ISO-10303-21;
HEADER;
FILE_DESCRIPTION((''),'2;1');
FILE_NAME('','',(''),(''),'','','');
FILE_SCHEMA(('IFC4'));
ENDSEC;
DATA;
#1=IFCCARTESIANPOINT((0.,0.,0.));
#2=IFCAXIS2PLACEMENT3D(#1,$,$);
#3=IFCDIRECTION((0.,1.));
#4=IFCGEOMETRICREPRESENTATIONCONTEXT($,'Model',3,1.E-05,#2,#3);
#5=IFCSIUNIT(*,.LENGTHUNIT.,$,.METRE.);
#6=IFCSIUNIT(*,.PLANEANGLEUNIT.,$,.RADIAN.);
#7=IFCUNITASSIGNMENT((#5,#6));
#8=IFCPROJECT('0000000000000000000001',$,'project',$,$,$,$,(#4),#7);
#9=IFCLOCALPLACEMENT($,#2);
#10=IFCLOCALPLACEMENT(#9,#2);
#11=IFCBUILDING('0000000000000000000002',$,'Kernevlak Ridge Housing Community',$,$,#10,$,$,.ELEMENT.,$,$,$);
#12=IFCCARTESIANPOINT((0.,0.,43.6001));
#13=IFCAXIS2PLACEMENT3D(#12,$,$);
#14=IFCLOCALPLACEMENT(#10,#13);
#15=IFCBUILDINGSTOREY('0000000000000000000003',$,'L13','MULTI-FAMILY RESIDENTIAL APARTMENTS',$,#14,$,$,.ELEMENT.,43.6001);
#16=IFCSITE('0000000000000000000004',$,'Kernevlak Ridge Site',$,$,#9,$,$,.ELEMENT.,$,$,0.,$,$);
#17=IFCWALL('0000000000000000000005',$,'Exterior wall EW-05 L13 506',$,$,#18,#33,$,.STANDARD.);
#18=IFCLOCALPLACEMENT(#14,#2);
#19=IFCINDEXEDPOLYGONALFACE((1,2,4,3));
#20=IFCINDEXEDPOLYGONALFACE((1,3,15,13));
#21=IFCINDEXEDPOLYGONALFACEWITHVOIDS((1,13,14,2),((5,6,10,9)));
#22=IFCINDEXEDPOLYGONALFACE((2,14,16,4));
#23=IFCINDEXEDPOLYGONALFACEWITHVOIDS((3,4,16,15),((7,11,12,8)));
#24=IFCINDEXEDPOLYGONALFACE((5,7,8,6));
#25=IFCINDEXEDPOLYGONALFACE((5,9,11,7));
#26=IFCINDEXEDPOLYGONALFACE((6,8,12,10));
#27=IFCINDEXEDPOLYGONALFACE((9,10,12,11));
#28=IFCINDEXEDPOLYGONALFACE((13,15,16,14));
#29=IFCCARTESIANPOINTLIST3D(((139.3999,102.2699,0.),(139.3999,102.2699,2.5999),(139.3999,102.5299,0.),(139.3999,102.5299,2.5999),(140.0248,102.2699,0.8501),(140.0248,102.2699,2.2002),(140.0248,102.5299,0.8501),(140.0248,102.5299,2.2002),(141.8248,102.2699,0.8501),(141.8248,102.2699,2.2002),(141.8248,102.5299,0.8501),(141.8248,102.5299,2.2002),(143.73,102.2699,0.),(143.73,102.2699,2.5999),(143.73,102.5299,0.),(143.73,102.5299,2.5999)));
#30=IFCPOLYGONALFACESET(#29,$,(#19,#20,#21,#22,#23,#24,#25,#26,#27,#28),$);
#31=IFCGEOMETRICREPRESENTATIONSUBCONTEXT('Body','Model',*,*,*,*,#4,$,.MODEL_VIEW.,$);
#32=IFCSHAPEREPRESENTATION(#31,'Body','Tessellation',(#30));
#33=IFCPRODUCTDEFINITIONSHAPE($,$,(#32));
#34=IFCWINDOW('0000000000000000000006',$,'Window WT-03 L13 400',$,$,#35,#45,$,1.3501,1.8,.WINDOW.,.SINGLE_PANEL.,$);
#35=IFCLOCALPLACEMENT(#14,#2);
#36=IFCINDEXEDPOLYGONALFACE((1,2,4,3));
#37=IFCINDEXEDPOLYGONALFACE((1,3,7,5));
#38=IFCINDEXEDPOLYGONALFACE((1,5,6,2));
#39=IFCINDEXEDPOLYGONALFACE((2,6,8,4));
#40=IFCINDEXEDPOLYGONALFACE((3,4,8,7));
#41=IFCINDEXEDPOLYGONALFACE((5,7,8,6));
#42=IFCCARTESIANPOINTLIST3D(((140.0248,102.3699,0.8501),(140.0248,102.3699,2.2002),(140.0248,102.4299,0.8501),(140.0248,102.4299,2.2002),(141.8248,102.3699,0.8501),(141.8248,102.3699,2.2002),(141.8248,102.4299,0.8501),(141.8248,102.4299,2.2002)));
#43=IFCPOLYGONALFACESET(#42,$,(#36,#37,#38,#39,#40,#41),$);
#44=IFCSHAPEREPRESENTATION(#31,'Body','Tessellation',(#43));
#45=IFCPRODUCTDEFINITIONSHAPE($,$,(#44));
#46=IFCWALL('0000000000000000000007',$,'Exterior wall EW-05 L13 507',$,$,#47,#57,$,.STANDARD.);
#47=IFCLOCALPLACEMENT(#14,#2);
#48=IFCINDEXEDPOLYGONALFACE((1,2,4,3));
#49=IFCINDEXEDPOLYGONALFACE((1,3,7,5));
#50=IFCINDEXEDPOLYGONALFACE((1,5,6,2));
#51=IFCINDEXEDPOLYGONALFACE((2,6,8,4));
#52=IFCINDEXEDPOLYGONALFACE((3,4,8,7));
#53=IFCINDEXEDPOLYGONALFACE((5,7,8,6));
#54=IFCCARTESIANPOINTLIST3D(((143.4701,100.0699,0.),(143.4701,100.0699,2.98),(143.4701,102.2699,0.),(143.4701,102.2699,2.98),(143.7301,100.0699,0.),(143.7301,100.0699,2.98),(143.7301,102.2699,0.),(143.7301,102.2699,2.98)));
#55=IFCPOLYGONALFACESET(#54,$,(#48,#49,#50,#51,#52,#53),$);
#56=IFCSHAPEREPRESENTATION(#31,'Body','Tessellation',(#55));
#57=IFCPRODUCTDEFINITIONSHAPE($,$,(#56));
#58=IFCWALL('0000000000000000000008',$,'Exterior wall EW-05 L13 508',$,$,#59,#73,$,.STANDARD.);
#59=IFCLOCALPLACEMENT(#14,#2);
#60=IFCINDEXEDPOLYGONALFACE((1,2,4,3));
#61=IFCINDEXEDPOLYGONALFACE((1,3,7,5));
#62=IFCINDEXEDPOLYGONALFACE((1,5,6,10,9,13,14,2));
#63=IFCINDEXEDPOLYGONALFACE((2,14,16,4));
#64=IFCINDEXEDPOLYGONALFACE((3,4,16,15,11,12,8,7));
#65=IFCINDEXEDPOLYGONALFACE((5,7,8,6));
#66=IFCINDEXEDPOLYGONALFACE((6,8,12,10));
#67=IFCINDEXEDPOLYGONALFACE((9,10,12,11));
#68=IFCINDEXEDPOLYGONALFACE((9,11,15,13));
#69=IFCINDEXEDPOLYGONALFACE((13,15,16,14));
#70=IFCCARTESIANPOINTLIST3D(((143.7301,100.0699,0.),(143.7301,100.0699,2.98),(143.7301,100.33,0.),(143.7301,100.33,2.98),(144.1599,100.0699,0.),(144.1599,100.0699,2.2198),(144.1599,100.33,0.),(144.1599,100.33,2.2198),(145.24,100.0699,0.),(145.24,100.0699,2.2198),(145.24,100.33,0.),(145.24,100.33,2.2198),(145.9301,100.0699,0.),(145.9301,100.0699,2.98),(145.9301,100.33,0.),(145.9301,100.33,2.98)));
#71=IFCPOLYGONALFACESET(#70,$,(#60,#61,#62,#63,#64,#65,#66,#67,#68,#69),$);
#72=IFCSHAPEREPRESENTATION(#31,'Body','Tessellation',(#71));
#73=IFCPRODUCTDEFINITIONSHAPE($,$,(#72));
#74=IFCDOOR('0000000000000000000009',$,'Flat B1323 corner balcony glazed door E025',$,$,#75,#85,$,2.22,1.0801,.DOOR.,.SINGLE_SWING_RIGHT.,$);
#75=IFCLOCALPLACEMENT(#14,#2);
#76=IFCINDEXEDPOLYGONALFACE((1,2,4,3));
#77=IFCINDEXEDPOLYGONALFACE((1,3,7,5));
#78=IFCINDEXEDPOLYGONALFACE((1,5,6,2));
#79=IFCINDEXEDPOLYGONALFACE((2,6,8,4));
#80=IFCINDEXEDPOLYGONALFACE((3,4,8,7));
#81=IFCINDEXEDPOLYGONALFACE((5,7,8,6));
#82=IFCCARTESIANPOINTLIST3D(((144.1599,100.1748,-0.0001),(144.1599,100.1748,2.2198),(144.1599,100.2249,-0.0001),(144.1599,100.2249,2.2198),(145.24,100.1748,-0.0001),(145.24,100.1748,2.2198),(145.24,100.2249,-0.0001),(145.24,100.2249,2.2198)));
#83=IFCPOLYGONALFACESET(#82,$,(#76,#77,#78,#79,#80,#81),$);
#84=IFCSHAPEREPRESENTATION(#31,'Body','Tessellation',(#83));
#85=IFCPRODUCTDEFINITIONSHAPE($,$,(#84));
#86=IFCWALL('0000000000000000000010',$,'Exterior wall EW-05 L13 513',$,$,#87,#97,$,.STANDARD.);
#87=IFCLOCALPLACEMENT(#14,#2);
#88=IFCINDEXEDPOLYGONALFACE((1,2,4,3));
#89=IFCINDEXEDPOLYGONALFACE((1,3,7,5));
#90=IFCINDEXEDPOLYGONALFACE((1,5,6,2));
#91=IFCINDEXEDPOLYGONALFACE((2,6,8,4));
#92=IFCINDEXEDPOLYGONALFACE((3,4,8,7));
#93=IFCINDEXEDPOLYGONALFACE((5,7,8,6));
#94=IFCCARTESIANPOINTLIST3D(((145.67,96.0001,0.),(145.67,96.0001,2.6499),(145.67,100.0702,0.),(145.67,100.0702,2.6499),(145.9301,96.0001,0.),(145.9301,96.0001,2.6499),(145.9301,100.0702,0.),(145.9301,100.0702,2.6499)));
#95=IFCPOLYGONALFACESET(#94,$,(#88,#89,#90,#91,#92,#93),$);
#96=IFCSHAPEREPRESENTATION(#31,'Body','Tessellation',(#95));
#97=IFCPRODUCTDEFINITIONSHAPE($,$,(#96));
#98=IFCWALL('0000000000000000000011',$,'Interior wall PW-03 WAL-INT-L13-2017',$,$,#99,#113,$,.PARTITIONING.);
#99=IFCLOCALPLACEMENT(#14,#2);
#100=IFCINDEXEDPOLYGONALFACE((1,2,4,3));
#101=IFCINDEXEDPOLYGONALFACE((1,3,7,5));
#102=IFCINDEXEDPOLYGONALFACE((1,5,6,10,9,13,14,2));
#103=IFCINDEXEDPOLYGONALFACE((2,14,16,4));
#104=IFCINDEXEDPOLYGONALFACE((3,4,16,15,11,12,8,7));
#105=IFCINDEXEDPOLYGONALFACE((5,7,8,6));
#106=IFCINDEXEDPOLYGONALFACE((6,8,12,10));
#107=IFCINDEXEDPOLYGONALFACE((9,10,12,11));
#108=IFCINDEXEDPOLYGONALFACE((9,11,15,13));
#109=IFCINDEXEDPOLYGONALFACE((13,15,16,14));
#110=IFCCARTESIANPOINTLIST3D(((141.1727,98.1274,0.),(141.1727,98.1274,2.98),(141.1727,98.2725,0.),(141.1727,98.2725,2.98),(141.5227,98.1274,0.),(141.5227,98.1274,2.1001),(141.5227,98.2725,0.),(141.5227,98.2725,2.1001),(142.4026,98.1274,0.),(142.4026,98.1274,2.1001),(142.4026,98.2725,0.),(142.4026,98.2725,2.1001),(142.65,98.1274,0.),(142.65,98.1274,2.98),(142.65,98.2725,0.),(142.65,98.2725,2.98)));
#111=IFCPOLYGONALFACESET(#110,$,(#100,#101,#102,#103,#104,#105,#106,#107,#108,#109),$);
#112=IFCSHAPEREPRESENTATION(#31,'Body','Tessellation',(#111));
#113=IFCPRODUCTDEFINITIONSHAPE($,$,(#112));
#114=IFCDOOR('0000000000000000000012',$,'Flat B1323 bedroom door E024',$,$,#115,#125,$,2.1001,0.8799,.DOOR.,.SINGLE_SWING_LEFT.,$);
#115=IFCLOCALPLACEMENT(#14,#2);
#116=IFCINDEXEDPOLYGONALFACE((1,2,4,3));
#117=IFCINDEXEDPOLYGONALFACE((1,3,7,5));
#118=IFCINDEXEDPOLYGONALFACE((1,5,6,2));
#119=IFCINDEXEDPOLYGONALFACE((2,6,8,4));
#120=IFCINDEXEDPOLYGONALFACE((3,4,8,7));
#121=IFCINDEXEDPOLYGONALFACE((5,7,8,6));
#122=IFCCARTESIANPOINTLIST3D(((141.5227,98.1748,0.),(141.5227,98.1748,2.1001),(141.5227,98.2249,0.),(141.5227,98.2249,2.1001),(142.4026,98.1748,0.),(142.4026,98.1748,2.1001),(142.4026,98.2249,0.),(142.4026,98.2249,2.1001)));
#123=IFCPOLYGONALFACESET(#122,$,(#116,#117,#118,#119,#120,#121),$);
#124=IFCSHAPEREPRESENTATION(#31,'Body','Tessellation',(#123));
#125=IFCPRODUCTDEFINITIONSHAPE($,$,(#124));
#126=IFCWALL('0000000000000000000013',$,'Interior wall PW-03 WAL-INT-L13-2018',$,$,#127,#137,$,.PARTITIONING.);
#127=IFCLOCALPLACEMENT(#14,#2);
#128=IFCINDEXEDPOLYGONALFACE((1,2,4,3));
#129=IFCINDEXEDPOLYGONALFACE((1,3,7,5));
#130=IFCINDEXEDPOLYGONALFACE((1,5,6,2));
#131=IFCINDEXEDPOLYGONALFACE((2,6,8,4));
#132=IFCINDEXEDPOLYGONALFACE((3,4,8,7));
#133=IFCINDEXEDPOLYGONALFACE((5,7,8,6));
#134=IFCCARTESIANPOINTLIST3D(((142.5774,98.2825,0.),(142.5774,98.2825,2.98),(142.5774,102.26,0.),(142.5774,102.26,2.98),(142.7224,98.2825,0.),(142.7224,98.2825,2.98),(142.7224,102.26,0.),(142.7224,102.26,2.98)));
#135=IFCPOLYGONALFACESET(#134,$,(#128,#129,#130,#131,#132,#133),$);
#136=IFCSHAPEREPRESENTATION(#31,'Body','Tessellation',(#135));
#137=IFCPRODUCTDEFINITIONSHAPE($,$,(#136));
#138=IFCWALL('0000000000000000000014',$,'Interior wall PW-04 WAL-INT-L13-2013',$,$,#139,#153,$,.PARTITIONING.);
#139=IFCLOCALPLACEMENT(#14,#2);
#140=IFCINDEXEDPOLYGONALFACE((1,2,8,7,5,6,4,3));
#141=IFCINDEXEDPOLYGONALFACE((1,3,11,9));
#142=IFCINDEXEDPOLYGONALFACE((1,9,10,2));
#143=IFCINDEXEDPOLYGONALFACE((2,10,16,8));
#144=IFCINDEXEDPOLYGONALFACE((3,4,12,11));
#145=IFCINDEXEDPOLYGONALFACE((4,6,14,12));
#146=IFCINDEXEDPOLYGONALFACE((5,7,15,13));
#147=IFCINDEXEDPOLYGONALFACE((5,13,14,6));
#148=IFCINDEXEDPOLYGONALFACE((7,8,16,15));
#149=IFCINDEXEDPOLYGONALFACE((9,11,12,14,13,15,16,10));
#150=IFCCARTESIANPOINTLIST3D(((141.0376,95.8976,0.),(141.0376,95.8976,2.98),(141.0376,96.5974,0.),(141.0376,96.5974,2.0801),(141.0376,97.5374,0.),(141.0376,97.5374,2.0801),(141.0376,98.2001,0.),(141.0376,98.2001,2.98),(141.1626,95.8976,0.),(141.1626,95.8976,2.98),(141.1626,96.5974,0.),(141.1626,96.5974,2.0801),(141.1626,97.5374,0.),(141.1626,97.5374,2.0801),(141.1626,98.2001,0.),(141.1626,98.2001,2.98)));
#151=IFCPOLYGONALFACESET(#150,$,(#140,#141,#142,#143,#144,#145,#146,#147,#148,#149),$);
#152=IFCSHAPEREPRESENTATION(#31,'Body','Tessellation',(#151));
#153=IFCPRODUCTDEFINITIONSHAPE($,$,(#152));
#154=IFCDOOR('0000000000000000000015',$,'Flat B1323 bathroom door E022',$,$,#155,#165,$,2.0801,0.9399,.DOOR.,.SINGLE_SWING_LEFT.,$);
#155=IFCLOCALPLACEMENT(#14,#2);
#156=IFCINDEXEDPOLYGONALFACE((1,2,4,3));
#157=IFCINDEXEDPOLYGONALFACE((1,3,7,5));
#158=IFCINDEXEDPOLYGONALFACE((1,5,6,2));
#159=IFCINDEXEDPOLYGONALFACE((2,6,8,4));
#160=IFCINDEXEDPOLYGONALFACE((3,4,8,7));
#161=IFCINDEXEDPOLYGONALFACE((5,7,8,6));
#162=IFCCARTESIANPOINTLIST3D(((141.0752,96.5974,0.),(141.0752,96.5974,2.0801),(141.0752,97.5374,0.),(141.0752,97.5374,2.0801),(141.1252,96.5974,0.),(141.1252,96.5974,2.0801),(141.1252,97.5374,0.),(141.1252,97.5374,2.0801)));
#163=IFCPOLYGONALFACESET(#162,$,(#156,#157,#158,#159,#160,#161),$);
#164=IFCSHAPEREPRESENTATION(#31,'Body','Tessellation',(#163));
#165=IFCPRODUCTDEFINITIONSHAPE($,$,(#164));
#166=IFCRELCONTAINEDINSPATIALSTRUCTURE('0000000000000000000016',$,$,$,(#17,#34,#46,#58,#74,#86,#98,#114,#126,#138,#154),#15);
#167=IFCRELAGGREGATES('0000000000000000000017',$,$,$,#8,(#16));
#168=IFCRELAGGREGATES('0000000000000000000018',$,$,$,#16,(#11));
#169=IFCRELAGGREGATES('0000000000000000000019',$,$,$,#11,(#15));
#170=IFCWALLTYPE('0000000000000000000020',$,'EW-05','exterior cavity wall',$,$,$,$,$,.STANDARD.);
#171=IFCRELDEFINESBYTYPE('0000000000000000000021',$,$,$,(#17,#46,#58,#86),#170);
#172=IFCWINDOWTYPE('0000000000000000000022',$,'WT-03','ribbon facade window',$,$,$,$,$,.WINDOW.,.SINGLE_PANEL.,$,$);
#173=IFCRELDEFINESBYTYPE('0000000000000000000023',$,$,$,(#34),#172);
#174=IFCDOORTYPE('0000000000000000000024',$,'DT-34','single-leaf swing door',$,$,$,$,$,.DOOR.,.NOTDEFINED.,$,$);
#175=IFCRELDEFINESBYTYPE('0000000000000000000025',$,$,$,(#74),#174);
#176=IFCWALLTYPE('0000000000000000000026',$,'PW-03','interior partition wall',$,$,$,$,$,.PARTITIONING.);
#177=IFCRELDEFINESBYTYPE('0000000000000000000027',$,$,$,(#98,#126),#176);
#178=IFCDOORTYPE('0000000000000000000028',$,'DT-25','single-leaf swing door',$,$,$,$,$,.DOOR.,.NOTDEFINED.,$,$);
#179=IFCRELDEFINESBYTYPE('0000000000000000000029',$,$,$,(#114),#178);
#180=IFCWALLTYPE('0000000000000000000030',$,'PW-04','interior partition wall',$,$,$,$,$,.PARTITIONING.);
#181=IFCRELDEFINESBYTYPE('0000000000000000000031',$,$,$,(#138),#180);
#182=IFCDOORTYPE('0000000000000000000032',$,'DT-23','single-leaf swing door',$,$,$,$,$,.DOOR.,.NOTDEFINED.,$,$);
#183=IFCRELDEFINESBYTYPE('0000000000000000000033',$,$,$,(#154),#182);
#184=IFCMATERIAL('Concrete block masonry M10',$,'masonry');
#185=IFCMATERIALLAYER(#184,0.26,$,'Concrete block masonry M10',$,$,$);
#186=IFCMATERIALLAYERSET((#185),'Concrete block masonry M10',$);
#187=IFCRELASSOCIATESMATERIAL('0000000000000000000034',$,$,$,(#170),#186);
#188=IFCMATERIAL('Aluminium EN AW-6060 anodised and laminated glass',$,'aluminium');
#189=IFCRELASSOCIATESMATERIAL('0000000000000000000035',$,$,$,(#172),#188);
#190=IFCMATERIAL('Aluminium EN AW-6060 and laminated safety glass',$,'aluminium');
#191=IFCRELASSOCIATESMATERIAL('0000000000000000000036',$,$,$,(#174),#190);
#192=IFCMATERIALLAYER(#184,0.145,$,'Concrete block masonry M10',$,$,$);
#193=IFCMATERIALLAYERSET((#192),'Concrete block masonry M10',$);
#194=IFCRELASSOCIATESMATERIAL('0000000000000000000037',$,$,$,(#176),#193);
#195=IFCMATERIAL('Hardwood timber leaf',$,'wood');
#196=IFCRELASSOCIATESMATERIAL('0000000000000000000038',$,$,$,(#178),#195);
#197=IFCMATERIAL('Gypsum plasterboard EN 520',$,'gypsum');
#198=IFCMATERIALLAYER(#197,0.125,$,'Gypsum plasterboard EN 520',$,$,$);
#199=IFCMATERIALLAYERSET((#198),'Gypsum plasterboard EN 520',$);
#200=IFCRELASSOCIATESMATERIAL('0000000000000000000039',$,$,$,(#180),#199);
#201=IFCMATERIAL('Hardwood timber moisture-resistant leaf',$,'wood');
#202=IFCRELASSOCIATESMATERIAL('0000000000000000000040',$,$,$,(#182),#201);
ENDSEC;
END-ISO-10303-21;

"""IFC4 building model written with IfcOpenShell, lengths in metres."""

from ifc_helpers import new_model, si_unit, direction, frame, frame_2d, origin, place, context, subcontext, project, spatial, rectangle, extrude, material, layer, layer_set, type_object, element, fill, save


model = new_model("IFC4")

# Units and contexts
model_context = context("Model", 3, precision=1e-05, world=origin(), true_north=direction((0.0, 1.0)))
body_context = subcontext(model_context, "Body", "Model", "MODEL_VIEW")
ifc_project = project(units=[si_unit("LENGTHUNIT", "METRE"), si_unit("PLANEANGLEUNIT", "RADIAN")], contexts=[model_context])

# Site, building, storey
site_placement = place(None, origin())
site = spatial("IfcSite", under=ifc_project, at=site_placement, Name="Kernevlak Ridge Site", CompositionType="ELEMENT", RefElevation=0.0)
building_placement = place(site_placement, origin())
building = spatial("IfcBuilding", under=site, at=building_placement, Name="Kernevlak Ridge Housing Community", CompositionType="ELEMENT")
storey_placement = place(building_placement, frame((0.0, 0.0, 43.6001)))
storey = spatial("IfcBuildingStorey", under=building, at=storey_placement, Name="L13", Description="MULTI-FAMILY RESIDENTIAL APARTMENTS", CompositionType="ELEMENT", Elevation=43.6001)

# Shared definitions
ifc_material_1 = material(Name="Aluminium EN AW-6060 anodised and laminated glass", Category="aluminium")

# Wall, opening, window
ifc_material_2 = material(Name="Concrete block masonry M10", Category="masonry")
ifc_layer_1 = layer(ifc_material_2, 0.26, Name="Concrete block masonry M10")
ifc_layer_set_1 = layer_set([ifc_layer_1], Name="Concrete block masonry M10")
wall_type_1 = type_object("IfcWallType", Name="EW-05", Description="exterior cavity wall", PredefinedType="STANDARD", material=ifc_layer_set_1)
wall_1_placement = place(storey_placement, frame((139.3999, 102.3999, 0.0), z_axis=(0.0, 0.0, 1.0), x_axis=(1.0, 0.0, 0.0)))
wall_1 = element("IfcWall", 1, at=wall_1_placement, inside=storey, type_object=wall_type_1, Name="Exterior wall EW-05 L13 506", PredefinedType="STANDARD", context=body_context, shape_type="SweptSolid", body=[
    extrude(rectangle(XDim=4.3301, YDim=0.26, at=frame_2d((2.165, 0.0))), origin(), (0.0, 0.0, 1.0), 2.5999),
])
opening_1_placement = place(wall_1_placement, frame((0.625, 0.0, 0.8501)))
opening_1 = element("IfcOpeningElement", 2, at=opening_1_placement, cuts=wall_1, PredefinedType="OPENING", context=body_context, shape_type="SweptSolid", body=[
    extrude(rectangle(XDim=1.8, YDim=1.3501, at=frame_2d((0.8999, 0.675))), frame((0.0, 0.1399, 0.0), z_axis=(0.0, -1.0, 0.0), x_axis=(1.0, 0.0, 0.0)), (0.0, 0.0, 1.0), 0.28),
])
window_type = type_object("IfcWindowType", Name="WT-03", Description="ribbon facade window", PartitioningType="SINGLE_PANEL", PredefinedType="WINDOW", material=ifc_material_1)
window_placement = place(opening_1_placement, origin())
window = element("IfcWindow", 3, at=window_placement, inside=storey, type_object=window_type, Name="Window WT-03 L13 400", OverallHeight=1.3501, OverallWidth=1.8, PartitioningType="SINGLE_PANEL", PredefinedType="WINDOW", context=body_context, shape_type="SweptSolid", body=[
    extrude(rectangle(XDim=1.8, YDim=1.3501, at=frame_2d((0.8999, 0.675))), frame((0.0, 0.03, 0.0), z_axis=(0.0, -1.0, 0.0), x_axis=(1.0, 0.0, 0.0)), (0.0, 0.0, 1.0), 0.0601),
])
fill(opening_1, window)

# Wall
wall_2_placement = place(storey_placement, frame((143.6001, 102.27, 0.0), z_axis=(0.0, 0.0, 1.0), x_axis=(0.0, -1.0, 0.0)))
element("IfcWall", 4, at=wall_2_placement, inside=storey, type_object=wall_type_1, Name="Exterior wall EW-05 L13 507", PredefinedType="STANDARD", context=body_context, shape_type="SweptSolid", body=[
    extrude(rectangle(XDim=2.2, YDim=0.26, at=frame_2d((1.1001, 0.0))), origin(), (0.0, 0.0, 1.0), 2.98),
])

# Wall, opening, door
wall_3_placement = place(storey_placement, frame((143.73, 100.2, 0.0), z_axis=(0.0, 0.0, 1.0), x_axis=(1.0, 0.0, 0.0)))
wall_3 = element("IfcWall", 5, at=wall_3_placement, inside=storey, type_object=wall_type_1, Name="Exterior wall EW-05 L13 508", PredefinedType="STANDARD", context=body_context, shape_type="SweptSolid", body=[
    extrude(rectangle(XDim=2.2, YDim=0.26, at=frame_2d((1.1001, 0.0))), origin(), (0.0, 0.0, 1.0), 2.98),
])
opening_2_placement = place(wall_3_placement, frame((0.4299, 0.0, 0.0)))
opening_2 = element("IfcOpeningElement", 6, at=opening_2_placement, cuts=wall_3, PredefinedType="OPENING", context=body_context, shape_type="SweptSolid", body=[
    extrude(rectangle(XDim=1.0801, YDim=2.22, at=frame_2d((0.54, 1.1099))), frame((0.0, 0.1399, 0.0), z_axis=(0.0, -1.0, 0.0), x_axis=(1.0, 0.0, 0.0)), (0.0, 0.0, 1.0), 0.28),
])
ifc_material_3 = material(Name="Aluminium EN AW-6060 and laminated safety glass", Category="aluminium")
door_type_1 = type_object("IfcDoorType", Name="DT-34", Description="single-leaf swing door", OperationType="NOTDEFINED", PredefinedType="DOOR", material=ifc_material_3)
door_1_placement = place(opening_2_placement, origin())
door_1 = element("IfcDoor", 7, at=door_1_placement, inside=storey, type_object=door_type_1, Name="Flat B1323 corner balcony glazed door E025", OperationType="SINGLE_SWING_RIGHT", OverallHeight=2.22, OverallWidth=1.0801, PredefinedType="DOOR", context=body_context, shape_type="SweptSolid", body=[
    extrude(rectangle(XDim=1.0801, YDim=2.22, at=frame_2d((0.54, 1.1099))), frame((0.0, 0.0249, 0.0), z_axis=(0.0, -1.0, 0.0), x_axis=(1.0, 0.0, 0.0)), (0.0, 0.0, 1.0), 0.05),
])
fill(opening_2, door_1)

# Wall
wall_4_placement = place(storey_placement, frame((145.8, 96.0, 0.0), z_axis=(0.0, 0.0, 1.0), x_axis=(0.0, 1.0, 0.0)))
element("IfcWall", 8, at=wall_4_placement, inside=storey, type_object=wall_type_1, Name="Exterior wall EW-05 L13 513", PredefinedType="STANDARD", context=body_context, shape_type="SweptSolid", body=[
    extrude(rectangle(XDim=4.0701, YDim=0.26, at=frame_2d((2.0352, 0.0))), origin(), (0.0, 0.0, 1.0), 2.6499),
])

# Wall, opening, door
ifc_layer_2 = layer(ifc_material_2, 0.145, Name="Concrete block masonry M10")
ifc_layer_set_2 = layer_set([ifc_layer_2], Name="Concrete block masonry M10")
wall_type_2 = type_object("IfcWallType", Name="PW-03", Description="interior partition wall", PredefinedType="PARTITIONING", material=ifc_layer_set_2)
wall_5_placement = place(storey_placement, frame((141.1726, 98.2, 0.0), z_axis=(0.0, 0.0, 1.0), x_axis=(1.0, 0.0, 0.0)))
wall_5 = element("IfcWall", 9, at=wall_5_placement, inside=storey, type_object=wall_type_2, Name="Interior wall PW-03 WAL-INT-L13-2017", PredefinedType="PARTITIONING", context=body_context, shape_type="SweptSolid", body=[
    extrude(rectangle(XDim=1.4773, YDim=0.145, at=frame_2d((0.7388, 0.0))), origin(), (0.0, 0.0, 1.0), 2.98),
])
opening_3_placement = place(wall_5_placement, frame((0.3501, 0.0, 0.0)))
opening_3 = element("IfcOpeningElement", 10, at=opening_3_placement, cuts=wall_5, PredefinedType="OPENING", context=body_context, shape_type="SweptSolid", body=[
    extrude(rectangle(XDim=0.8799, YDim=2.1001, at=frame_2d((0.4399, 1.05))), frame((0.0, 0.0825, 0.0), z_axis=(0.0, -1.0, 0.0), x_axis=(1.0, 0.0, 0.0)), (0.0, 0.0, 1.0), 0.165),
])
ifc_material_4 = material(Name="Hardwood timber leaf", Category="wood")
door_type_2 = type_object("IfcDoorType", Name="DT-25", Description="single-leaf swing door", OperationType="NOTDEFINED", PredefinedType="DOOR", material=ifc_material_4)
door_2_placement = place(opening_3_placement, origin())
door_2 = element("IfcDoor", 11, at=door_2_placement, inside=storey, type_object=door_type_2, Name="Flat B1323 bedroom door E024", OperationType="SINGLE_SWING_LEFT", OverallHeight=2.1001, OverallWidth=0.8799, PredefinedType="DOOR", context=body_context, shape_type="SweptSolid", body=[
    extrude(rectangle(XDim=0.8799, YDim=2.1001, at=frame_2d((0.4399, 1.05))), frame((0.0, 0.0249, 0.0), z_axis=(0.0, -1.0, 0.0), x_axis=(1.0, 0.0, 0.0)), (0.0, 0.0, 1.0), 0.05),
])
fill(opening_3, door_2)

# Wall
wall_6_placement = place(storey_placement, frame((142.6499, 98.2825, 0.0), z_axis=(0.0, 0.0, 1.0), x_axis=(0.0, 1.0, 0.0)))
element("IfcWall", 12, at=wall_6_placement, inside=storey, type_object=wall_type_2, Name="Interior wall PW-03 WAL-INT-L13-2018", PredefinedType="PARTITIONING", context=body_context, shape_type="SweptSolid", body=[
    extrude(rectangle(XDim=3.9775, YDim=0.145, at=frame_2d((1.9888, 0.0))), origin(), (0.0, 0.0, 1.0), 2.98),
])

# Wall, opening, door
ifc_material_5 = material(Name="Gypsum plasterboard EN 520", Category="gypsum")
ifc_layer_3 = layer(ifc_material_5, 0.125, Name="Gypsum plasterboard EN 520")
ifc_layer_set_3 = layer_set([ifc_layer_3], Name="Gypsum plasterboard EN 520")
wall_type_3 = type_object("IfcWallType", Name="PW-04", Description="interior partition wall", PredefinedType="PARTITIONING", material=ifc_layer_set_3)
wall_7_placement = place(storey_placement, frame((141.1001, 95.8975, 0.0), z_axis=(0.0, 0.0, 1.0), x_axis=(0.0, 1.0, 0.0)))
wall_7 = element("IfcWall", 13, at=wall_7_placement, inside=storey, type_object=wall_type_3, Name="Interior wall PW-04 WAL-INT-L13-2013", PredefinedType="PARTITIONING", context=body_context, shape_type="SweptSolid", body=[
    extrude(rectangle(XDim=2.3025, YDim=0.125, at=frame_2d((1.1514, 0.0))), origin(), (0.0, 0.0, 1.0), 2.98),
])
opening_4_placement = place(wall_7_placement, frame((0.7, 0.0, 0.0)))
opening_4 = element("IfcOpeningElement", 14, at=opening_4_placement, cuts=wall_7, PredefinedType="OPENING", context=body_context, shape_type="SweptSolid", body=[
    extrude(rectangle(XDim=0.9399, YDim=2.0801, at=frame_2d((0.47, 1.04))), frame((0.0, 0.0725, 0.0), z_axis=(0.0, -1.0, 0.0), x_axis=(1.0, 0.0, 0.0)), (0.0, 0.0, 1.0), 0.145),
])
ifc_material_6 = material(Name="Hardwood timber moisture-resistant leaf", Category="wood")
door_type_3 = type_object("IfcDoorType", Name="DT-23", Description="single-leaf swing door", OperationType="NOTDEFINED", PredefinedType="DOOR", material=ifc_material_6)
door_3_placement = place(opening_4_placement, origin())
door_3 = element("IfcDoor", 15, at=door_3_placement, inside=storey, type_object=door_type_3, Name="Flat B1323 bathroom door E022", OperationType="SINGLE_SWING_LEFT", OverallHeight=2.0801, OverallWidth=0.9399, PredefinedType="DOOR", context=body_context, shape_type="SweptSolid", body=[
    extrude(rectangle(XDim=0.9399, YDim=2.0801, at=frame_2d((0.47, 1.04))), frame((0.0, 0.0249, 0.0), z_axis=(0.0, -1.0, 0.0), x_axis=(1.0, 0.0, 0.0)), (0.0, 0.0, 1.0), 0.05),
])
fill(opening_4, door_3)

save(model, "model.ifc")
